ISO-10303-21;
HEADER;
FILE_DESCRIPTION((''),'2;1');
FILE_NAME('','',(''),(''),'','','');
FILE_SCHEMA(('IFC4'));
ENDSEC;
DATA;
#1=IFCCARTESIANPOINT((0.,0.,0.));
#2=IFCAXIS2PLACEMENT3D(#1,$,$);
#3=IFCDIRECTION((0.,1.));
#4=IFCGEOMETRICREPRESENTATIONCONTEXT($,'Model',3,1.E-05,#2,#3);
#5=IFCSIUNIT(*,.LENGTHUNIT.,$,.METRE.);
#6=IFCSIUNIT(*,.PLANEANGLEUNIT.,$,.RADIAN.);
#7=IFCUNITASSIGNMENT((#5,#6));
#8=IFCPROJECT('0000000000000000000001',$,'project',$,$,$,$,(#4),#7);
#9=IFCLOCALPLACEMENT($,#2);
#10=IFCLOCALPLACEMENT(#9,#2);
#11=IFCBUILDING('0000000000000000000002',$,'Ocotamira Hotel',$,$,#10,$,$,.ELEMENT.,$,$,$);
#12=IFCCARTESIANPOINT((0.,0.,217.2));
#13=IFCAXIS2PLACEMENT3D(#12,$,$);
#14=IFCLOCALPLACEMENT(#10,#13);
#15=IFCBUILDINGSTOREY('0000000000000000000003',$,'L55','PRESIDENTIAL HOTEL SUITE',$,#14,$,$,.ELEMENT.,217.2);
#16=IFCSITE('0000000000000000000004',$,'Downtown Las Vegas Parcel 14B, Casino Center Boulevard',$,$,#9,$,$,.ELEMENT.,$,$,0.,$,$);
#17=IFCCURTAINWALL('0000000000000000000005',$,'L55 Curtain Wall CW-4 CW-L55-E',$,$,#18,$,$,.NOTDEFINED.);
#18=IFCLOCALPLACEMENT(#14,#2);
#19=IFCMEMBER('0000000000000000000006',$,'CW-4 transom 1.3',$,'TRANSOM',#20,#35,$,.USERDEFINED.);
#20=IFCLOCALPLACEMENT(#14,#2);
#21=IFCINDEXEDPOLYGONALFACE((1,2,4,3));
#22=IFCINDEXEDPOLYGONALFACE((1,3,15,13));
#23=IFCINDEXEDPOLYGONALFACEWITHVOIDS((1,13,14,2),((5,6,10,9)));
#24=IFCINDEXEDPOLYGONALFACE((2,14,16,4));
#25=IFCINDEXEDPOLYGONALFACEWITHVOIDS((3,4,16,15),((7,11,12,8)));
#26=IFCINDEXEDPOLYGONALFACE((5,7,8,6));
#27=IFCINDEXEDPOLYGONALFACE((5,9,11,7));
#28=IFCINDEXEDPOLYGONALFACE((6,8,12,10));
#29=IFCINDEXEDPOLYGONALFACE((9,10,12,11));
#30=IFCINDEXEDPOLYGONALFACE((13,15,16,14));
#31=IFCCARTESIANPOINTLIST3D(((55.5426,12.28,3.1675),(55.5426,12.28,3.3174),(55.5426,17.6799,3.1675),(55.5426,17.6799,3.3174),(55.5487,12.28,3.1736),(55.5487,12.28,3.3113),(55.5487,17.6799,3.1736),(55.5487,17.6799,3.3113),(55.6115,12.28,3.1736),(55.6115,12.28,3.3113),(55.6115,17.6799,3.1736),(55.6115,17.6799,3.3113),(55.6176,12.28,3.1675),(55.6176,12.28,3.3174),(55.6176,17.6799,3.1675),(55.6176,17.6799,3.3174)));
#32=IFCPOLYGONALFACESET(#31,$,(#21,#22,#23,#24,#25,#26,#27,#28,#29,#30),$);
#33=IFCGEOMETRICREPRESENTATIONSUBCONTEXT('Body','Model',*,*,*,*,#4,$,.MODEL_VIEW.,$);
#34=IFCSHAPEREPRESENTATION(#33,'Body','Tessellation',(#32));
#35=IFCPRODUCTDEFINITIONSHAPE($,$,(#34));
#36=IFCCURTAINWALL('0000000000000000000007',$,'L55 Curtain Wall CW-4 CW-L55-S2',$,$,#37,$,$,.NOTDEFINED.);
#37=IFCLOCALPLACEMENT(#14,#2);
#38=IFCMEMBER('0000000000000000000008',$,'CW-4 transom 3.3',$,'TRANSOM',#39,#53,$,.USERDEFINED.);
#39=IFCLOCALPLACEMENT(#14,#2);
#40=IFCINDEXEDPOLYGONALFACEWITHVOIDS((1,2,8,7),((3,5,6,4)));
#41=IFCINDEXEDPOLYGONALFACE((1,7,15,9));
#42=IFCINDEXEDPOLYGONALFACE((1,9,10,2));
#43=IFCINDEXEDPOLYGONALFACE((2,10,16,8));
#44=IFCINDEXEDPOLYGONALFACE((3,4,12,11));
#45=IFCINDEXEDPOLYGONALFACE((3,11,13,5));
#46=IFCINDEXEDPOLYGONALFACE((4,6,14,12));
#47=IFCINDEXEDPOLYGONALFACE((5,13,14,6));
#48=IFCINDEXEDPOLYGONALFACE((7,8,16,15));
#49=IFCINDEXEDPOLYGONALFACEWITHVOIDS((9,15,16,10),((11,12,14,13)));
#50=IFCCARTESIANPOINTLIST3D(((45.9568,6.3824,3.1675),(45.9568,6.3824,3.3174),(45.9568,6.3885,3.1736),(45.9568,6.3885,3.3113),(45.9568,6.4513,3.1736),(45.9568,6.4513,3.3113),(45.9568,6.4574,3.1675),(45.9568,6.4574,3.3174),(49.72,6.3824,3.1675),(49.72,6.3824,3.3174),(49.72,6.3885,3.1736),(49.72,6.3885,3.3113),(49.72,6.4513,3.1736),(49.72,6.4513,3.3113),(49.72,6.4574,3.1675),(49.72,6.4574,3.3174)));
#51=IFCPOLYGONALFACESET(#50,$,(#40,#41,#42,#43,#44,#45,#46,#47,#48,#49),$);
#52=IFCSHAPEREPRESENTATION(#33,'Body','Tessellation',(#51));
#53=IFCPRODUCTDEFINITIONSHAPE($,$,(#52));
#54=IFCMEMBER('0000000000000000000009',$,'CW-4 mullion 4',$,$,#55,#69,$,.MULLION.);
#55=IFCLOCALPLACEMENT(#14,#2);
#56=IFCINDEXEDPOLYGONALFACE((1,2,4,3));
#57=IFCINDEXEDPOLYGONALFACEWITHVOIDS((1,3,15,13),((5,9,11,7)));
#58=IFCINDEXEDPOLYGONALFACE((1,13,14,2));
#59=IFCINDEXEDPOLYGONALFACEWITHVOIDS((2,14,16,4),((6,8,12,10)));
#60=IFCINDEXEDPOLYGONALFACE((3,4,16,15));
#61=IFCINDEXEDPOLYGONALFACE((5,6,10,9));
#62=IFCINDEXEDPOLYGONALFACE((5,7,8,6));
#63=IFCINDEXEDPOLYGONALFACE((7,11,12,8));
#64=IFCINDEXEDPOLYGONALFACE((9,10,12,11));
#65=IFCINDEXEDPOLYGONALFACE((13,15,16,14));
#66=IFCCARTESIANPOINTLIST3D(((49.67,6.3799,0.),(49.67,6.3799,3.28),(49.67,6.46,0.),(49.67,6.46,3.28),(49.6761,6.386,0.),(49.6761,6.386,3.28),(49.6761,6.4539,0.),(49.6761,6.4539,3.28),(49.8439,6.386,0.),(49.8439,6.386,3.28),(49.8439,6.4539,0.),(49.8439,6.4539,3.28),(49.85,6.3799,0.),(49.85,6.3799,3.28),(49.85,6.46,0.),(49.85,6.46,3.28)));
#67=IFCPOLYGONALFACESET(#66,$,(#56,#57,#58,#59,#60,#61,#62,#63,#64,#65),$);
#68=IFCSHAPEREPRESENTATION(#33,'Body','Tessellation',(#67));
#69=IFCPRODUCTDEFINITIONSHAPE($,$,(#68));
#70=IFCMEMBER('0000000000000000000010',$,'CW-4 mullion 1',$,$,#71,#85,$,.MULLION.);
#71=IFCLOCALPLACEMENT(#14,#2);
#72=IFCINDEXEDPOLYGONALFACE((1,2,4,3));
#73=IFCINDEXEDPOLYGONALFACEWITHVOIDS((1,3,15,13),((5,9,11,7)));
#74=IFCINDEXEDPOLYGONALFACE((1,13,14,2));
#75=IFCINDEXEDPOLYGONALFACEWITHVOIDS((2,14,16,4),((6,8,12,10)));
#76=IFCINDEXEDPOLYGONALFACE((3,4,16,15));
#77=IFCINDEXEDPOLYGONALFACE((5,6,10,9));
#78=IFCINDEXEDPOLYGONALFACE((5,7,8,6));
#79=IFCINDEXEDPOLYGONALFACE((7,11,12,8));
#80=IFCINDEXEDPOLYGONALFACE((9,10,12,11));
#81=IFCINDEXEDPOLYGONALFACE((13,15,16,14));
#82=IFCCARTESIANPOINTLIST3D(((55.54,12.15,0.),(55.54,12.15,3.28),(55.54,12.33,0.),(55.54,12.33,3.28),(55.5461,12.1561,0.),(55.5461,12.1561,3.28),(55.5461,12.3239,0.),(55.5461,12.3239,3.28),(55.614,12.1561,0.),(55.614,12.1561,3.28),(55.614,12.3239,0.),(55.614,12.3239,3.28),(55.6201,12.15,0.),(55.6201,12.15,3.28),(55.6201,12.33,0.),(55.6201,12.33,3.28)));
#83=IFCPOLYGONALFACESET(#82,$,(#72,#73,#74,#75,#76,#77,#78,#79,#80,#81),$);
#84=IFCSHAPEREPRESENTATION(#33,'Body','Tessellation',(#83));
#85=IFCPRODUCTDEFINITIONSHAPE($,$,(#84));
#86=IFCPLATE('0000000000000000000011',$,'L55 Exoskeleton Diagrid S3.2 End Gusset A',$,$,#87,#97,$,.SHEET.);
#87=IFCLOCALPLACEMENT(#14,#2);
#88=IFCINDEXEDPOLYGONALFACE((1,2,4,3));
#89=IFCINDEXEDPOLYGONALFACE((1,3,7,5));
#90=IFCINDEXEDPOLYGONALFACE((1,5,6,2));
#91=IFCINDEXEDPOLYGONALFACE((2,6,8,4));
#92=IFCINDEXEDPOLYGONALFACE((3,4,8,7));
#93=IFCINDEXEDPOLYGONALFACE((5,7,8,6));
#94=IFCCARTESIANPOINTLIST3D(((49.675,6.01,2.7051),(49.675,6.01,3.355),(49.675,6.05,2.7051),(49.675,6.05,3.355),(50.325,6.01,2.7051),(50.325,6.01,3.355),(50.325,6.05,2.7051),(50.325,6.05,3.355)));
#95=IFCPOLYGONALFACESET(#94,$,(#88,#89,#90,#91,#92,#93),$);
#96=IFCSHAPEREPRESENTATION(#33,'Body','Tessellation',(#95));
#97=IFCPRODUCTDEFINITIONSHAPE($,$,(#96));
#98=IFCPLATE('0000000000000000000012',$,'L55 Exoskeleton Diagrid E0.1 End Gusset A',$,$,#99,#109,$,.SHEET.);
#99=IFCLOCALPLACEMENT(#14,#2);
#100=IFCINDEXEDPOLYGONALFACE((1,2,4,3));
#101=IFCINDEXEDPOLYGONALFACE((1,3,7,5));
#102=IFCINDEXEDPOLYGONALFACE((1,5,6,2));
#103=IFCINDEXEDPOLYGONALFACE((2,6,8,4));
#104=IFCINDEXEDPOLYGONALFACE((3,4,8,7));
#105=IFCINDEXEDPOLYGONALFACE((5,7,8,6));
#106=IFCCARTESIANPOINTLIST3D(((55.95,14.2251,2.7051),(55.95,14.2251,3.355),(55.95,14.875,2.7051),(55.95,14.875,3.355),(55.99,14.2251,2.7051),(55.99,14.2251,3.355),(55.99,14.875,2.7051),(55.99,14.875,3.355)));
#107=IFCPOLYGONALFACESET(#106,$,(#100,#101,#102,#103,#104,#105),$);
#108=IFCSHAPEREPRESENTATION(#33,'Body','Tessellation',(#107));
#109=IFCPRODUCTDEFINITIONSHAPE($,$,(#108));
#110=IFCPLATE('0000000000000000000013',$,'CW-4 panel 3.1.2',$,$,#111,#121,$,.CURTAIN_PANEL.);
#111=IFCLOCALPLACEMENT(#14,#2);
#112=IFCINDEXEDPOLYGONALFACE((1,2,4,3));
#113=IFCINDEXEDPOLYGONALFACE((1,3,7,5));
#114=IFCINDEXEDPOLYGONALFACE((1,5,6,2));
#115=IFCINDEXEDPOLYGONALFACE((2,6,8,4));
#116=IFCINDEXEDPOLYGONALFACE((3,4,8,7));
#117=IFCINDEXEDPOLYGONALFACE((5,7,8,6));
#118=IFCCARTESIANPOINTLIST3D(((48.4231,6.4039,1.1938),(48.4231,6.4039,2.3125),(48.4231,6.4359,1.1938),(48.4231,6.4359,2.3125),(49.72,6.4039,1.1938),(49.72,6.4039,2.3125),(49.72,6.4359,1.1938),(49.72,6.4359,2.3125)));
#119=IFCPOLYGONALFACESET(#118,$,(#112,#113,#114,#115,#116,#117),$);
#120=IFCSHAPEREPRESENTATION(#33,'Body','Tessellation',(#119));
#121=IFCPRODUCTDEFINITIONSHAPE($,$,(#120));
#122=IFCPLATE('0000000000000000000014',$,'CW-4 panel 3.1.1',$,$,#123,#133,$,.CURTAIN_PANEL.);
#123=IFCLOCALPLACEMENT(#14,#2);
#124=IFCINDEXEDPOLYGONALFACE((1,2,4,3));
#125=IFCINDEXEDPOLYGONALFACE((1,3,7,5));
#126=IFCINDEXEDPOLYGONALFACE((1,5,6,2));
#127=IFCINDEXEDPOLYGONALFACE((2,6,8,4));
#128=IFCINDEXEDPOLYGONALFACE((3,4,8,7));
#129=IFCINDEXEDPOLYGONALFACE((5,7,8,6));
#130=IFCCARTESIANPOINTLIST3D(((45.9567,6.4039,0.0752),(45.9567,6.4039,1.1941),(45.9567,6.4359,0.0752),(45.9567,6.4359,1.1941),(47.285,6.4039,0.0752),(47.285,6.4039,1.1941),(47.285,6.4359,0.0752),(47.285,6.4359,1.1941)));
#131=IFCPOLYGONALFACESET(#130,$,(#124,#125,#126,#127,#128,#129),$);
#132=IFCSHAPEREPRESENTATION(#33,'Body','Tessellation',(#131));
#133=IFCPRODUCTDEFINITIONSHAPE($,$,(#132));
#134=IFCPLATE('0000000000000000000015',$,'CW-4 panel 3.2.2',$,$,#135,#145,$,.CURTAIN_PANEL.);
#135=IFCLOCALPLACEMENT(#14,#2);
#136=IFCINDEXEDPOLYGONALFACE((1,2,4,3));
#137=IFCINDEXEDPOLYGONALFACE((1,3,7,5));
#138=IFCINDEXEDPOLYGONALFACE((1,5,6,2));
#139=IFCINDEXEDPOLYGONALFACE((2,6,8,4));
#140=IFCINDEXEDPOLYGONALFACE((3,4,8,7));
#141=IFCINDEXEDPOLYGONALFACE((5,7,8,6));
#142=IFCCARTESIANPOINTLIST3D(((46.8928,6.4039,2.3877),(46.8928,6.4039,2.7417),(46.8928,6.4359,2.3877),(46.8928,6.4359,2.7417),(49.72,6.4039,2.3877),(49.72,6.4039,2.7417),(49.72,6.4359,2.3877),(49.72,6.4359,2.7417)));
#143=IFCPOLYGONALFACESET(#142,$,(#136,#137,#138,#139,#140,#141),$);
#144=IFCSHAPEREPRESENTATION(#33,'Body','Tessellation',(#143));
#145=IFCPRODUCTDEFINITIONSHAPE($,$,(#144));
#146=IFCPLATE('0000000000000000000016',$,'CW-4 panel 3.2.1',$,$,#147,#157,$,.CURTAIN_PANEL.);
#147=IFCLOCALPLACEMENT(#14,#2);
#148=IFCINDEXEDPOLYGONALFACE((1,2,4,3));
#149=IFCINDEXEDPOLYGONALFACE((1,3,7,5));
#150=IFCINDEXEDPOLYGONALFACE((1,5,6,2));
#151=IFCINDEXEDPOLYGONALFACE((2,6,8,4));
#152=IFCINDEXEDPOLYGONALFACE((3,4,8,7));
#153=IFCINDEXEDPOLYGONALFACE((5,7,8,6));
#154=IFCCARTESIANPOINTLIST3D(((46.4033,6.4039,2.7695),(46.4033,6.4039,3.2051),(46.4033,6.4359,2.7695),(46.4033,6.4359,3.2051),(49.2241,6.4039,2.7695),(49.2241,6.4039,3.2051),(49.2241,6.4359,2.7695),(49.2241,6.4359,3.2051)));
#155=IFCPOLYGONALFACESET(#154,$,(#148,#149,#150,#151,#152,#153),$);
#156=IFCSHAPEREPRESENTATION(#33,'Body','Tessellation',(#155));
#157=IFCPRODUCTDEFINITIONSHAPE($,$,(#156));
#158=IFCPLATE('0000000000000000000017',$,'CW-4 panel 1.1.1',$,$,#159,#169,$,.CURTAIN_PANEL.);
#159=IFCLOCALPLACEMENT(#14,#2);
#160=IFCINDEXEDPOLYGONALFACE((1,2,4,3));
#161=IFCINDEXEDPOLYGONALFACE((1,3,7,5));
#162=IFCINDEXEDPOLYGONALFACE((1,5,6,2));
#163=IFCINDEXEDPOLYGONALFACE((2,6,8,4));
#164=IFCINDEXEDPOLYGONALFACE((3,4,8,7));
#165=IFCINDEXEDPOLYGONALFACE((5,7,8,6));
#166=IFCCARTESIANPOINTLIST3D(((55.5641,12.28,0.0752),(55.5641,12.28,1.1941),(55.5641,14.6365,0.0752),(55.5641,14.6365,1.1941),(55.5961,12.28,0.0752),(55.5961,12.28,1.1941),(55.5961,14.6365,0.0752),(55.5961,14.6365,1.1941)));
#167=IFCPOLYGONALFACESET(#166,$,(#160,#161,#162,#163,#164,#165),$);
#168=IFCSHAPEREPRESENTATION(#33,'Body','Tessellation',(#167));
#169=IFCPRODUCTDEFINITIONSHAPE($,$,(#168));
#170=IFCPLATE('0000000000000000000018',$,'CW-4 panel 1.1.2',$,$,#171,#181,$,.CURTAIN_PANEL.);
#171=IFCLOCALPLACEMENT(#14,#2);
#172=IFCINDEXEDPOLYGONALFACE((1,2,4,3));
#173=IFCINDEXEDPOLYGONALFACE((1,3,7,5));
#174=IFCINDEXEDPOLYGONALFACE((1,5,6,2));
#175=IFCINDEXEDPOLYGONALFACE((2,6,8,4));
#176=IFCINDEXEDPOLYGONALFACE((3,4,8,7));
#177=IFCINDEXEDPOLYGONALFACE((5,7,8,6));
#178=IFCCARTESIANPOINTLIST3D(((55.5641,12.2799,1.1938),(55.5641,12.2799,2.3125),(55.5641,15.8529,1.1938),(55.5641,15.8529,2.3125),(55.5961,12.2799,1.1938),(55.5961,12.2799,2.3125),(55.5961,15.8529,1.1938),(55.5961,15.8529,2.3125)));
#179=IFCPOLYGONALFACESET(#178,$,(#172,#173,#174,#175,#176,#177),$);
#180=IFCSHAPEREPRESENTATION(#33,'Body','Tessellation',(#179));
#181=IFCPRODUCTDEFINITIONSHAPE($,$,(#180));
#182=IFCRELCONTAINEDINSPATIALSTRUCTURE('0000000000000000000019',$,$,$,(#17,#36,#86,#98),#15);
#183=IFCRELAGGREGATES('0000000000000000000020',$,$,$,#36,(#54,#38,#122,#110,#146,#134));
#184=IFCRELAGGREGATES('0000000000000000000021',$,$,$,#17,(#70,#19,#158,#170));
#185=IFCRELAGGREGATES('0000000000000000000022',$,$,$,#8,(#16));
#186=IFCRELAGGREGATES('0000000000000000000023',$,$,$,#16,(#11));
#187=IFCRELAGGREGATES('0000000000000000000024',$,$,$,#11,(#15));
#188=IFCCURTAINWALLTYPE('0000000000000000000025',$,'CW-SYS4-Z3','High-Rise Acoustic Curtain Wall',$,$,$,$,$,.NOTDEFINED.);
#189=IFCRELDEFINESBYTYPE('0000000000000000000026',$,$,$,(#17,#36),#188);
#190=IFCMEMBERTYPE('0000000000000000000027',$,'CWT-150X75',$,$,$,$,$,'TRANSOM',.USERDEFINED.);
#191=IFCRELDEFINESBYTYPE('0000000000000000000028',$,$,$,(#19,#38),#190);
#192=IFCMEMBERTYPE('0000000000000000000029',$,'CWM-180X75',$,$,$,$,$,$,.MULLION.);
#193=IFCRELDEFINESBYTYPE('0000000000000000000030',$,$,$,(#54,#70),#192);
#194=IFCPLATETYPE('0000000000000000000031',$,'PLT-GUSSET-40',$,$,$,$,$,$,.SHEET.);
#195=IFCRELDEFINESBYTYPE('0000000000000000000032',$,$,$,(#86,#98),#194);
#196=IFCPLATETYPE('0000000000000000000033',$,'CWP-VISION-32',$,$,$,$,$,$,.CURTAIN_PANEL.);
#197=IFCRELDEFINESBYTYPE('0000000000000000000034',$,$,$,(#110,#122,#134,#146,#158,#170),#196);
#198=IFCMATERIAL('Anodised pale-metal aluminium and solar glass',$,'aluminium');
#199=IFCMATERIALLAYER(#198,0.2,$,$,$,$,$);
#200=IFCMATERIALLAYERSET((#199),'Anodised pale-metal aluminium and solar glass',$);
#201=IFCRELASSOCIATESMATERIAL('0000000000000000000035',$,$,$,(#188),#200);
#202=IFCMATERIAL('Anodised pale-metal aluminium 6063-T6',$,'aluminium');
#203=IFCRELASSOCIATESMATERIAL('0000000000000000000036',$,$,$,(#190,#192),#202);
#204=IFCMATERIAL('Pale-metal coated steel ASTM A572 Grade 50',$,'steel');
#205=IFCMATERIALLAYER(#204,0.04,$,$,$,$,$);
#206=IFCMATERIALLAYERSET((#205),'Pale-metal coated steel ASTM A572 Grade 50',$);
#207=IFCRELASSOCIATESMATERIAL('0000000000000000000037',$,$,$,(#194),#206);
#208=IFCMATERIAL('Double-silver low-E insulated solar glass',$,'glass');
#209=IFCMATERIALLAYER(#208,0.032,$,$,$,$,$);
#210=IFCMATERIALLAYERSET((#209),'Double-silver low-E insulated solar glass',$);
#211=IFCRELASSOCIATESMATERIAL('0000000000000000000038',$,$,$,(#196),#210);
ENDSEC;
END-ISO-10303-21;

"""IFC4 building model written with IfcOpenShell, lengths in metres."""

from ifc_helpers import new_model, si_unit, direction, frame, origin, origin_2d, place, context, subcontext, project, spatial, rectangle, hollow_rectangle, extrude, source, transform, mapped, material, layer, layer_set, material_profile, profile_set, type_object, element, aggregate, save


model = new_model("IFC4")

# Units and contexts
model_context = context("Model", 3, precision=1e-05, world=origin(), true_north=direction((0.0, 1.0)))
body_context = subcontext(model_context, "Body", "Model", "MODEL_VIEW")
ifc_project = project(units=[si_unit("LENGTHUNIT", "METRE"), si_unit("PLANEANGLEUNIT", "RADIAN")], contexts=[model_context])

# Site, building, storey
site_placement = place(None, origin())
site = spatial("IfcSite", under=ifc_project, at=site_placement, Name="Downtown Las Vegas Parcel 14B, Casino Center Boulevard", CompositionType="ELEMENT", RefElevation=0.0)
building_placement = place(site_placement, origin())
building = spatial("IfcBuilding", under=site, at=building_placement, Name="Ocotamira Hotel", CompositionType="ELEMENT")
storey_placement = place(building_placement, frame((0.0, 0.0, 217.2)))
storey = spatial("IfcBuildingStorey", under=building, at=storey_placement, Name="L55", Description="PRESIDENTIAL HOTEL SUITE", CompositionType="ELEMENT", Elevation=217.2)

# Curtain walls, members
ifc_material_1 = material(Name="Anodised pale-metal aluminium and solar glass", Category="aluminium")
ifc_layer_1 = layer(ifc_material_1, 0.2)
ifc_layer_set_1 = layer_set([ifc_layer_1], Name="Anodised pale-metal aluminium and solar glass")
curtain_wall_type = type_object("IfcCurtainWallType", Name="CW-SYS4-Z3", Description="High-Rise Acoustic Curtain Wall", PredefinedType="NOTDEFINED", material=ifc_layer_set_1)
curtain_wall_1_placement = place(storey_placement, origin())
curtain_wall_1 = element("IfcCurtainWall", 1, at=curtain_wall_1_placement, inside=storey, type_object=curtain_wall_type, Name="L55 Curtain Wall CW-4 CW-L55-E", PredefinedType="NOTDEFINED")
ifc_material_2 = material(Name="Anodised pale-metal aluminium 6063-T6", Category="aluminium")
ifc_material_profile_1 = material_profile(ifc_material_2, hollow_rectangle(XDim=0.075, YDim=0.1499, WallThickness=0.0061, at=origin_2d()), Name="HSS150X75X6")
ifc_profile_set_1 = profile_set([ifc_material_profile_1], Name="Anodised pale-metal aluminium 6063-T6")
member_type_1 = type_object("IfcMemberType", Name="CWT-150X75", ElementType="TRANSOM", PredefinedType="USERDEFINED", material=ifc_profile_set_1)
shared_shape_1 = source(origin(), body_context, "Body", "SweptSolid", [
    extrude(hollow_rectangle(XDim=0.075, YDim=0.1499, WallThickness=0.0061, at=origin_2d()), origin(), (0.0, 0.0, 1.0), 5.3999),
])
member_1_placement = place(storey_placement, frame((55.5801, 12.28, 3.2424), z_axis=(0.0, 1.0, 0.0), x_axis=(-1.0, 0.0, 0.0)))
member_1 = element("IfcMember", 2, at=member_1_placement, type_object=member_type_1, Name="CW-4 transom 1.3", ObjectType="TRANSOM", PredefinedType="USERDEFINED", context=body_context, shape_type="MappedRepresentation", body=[
    mapped(shared_shape_1, transform((0.0, 0.0, 0.0), scale=1.0)),
])
curtain_wall_2_placement = place(storey_placement, origin())
curtain_wall_2 = element("IfcCurtainWall", 3, at=curtain_wall_2_placement, inside=storey, type_object=curtain_wall_type, Name="L55 Curtain Wall CW-4 CW-L55-S2", PredefinedType="NOTDEFINED")
shared_shape_2 = source(origin(), body_context, "Body", "SweptSolid", [
    extrude(hollow_rectangle(XDim=0.075, YDim=0.1499, WallThickness=0.0061, at=origin_2d()), origin(), (0.0, 0.0, 1.0), 3.7632),
])
member_2_placement = place(storey_placement, frame((45.9568, 6.4199, 3.2424), z_axis=(1.0, 0.0, 0.0), x_axis=(0.0, 1.0, 0.0)))
member_2 = element("IfcMember", 4, at=member_2_placement, type_object=member_type_1, Name="CW-4 transom 3.3", ObjectType="TRANSOM", PredefinedType="USERDEFINED", context=body_context, shape_type="MappedRepresentation", body=[
    mapped(shared_shape_2, transform((0.0, 0.0, 0.0), scale=1.0)),
])
ifc_material_profile_2 = material_profile(ifc_material_2, hollow_rectangle(XDim=0.0801, YDim=0.1799, WallThickness=0.0061, at=origin_2d()), Name="HSS180X80X6")
ifc_profile_set_2 = profile_set([ifc_material_profile_2], Name="Anodised pale-metal aluminium 6063-T6")
member_type_2 = type_object("IfcMemberType", Name="CWM-180X75", PredefinedType="MULLION", material=ifc_profile_set_2)
shared_shape_3 = source(origin(), body_context, "Body", "SweptSolid", [
    extrude(hollow_rectangle(XDim=0.0801, YDim=0.1799, WallThickness=0.0061, at=origin_2d()), origin(), (0.0, 0.0, 1.0), 3.28),
])
member_3_placement = place(storey_placement, frame((49.76, 6.4199, 0.0), z_axis=(0.0, 0.0, 1.0), x_axis=(0.0, 1.0, 0.0)))
member_3 = element("IfcMember", 5, at=member_3_placement, type_object=member_type_2, Name="CW-4 mullion 4", PredefinedType="MULLION", context=body_context, shape_type="MappedRepresentation", body=[
    mapped(shared_shape_3, transform((0.0, 0.0, 0.0), scale=1.0)),
])

# Member
member_4_placement = place(storey_placement, frame((55.5801, 12.24, 0.0), z_axis=(0.0, 0.0, 1.0), x_axis=(-1.0, 0.0, 0.0)))
member_4 = element("IfcMember", 6, at=member_4_placement, type_object=member_type_2, Name="CW-4 mullion 1", PredefinedType="MULLION", context=body_context, shape_type="MappedRepresentation", body=[
    mapped(shared_shape_3, transform((0.0, 0.0, 0.0), scale=1.0)),
])

# Plates
ifc_material_3 = material(Name="Pale-metal coated steel ASTM A572 Grade 50", Category="steel")
ifc_layer_2 = layer(ifc_material_3, 0.04)
ifc_layer_set_2 = layer_set([ifc_layer_2], Name="Pale-metal coated steel ASTM A572 Grade 50")
plate_type_1 = type_object("IfcPlateType", Name="PLT-GUSSET-40", PredefinedType="SHEET", material=ifc_layer_set_2)
shared_shape_4 = source(origin(), body_context, "Body", "SweptSolid", [
    extrude(rectangle(XDim=0.6499, YDim=0.04, at=origin_2d()), origin(), (0.0, 0.0, 1.0), 0.6499),
])
plate_1_placement = place(storey_placement, frame((50.0, 6.03, 2.7051), z_axis=(0.0, 0.0, 1.0), x_axis=(-1.0, 0.0, 0.0)))
element("IfcPlate", 7, at=plate_1_placement, inside=storey, type_object=plate_type_1, Name="L55 Exoskeleton Diagrid S3.2 End Gusset A", PredefinedType="SHEET", context=body_context, shape_type="MappedRepresentation", body=[
    mapped(shared_shape_4, transform((0.0, 0.0, 0.0), scale=1.0)),
])
shared_shape_5 = source(origin(), body_context, "Body", "SweptSolid", [
    extrude(rectangle(XDim=0.04, YDim=0.6499, at=origin_2d()), origin(), (0.0, 0.0, 1.0), 0.6499),
])
plate_2_placement = place(storey_placement, frame((55.97, 14.55, 2.7051), z_axis=(0.0, 0.0, 1.0), x_axis=(1.0, 0.0, 0.0)))
element("IfcPlate", 8, at=plate_2_placement, inside=storey, type_object=plate_type_1, Name="L55 Exoskeleton Diagrid E0.1 End Gusset A", PredefinedType="SHEET", context=body_context, shape_type="MappedRepresentation", body=[
    mapped(shared_shape_5, transform((0.0, 0.0, 0.0), scale=1.0)),
])

# Plates
ifc_material_4 = material(Name="Double-silver low-E insulated solar glass", Category="glass")
ifc_layer_3 = layer(ifc_material_4, 0.032)
ifc_layer_set_3 = layer_set([ifc_layer_3], Name="Double-silver low-E insulated solar glass")
plate_type_2 = type_object("IfcPlateType", Name="CWP-VISION-32", PredefinedType="CURTAIN_PANEL", material=ifc_layer_set_3)
shared_shape_6 = source(origin(), body_context, "Body", "SweptSolid", [
    extrude(rectangle(XDim=1.2969, YDim=0.032, at=origin_2d()), origin(), (0.0, 0.0, 1.0), 1.1187),
])
plate_3_placement = place(storey_placement, frame((49.0715, 6.4199, 1.1938), z_axis=(0.0, 0.0, 1.0), x_axis=(1.0, 0.0, 0.0)))
plate_3 = element("IfcPlate", 9, at=plate_3_placement, type_object=plate_type_2, Name="CW-4 panel 3.1.2", PredefinedType="CURTAIN_PANEL", context=body_context, shape_type="MappedRepresentation", body=[
    mapped(shared_shape_6, transform((0.0, 0.0, 0.0), scale=1.0)),
])
shared_shape_7 = source(origin(), body_context, "Body", "SweptSolid", [
    extrude(rectangle(XDim=1.3284, YDim=0.032, at=origin_2d()), origin(), (0.0, 0.0, 1.0), 1.1189),
])
plate_4_placement = place(storey_placement, frame((46.6208, 6.4199, 0.0752), z_axis=(0.0, 0.0, 1.0), x_axis=(1.0, 0.0, 0.0)))
plate_4 = element("IfcPlate", 10, at=plate_4_placement, type_object=plate_type_2, Name="CW-4 panel 3.1.1", PredefinedType="CURTAIN_PANEL", context=body_context, shape_type="MappedRepresentation", body=[
    mapped(shared_shape_7, transform((0.0, 0.0, 0.0), scale=1.0)),
])
shared_shape_8 = source(origin(), body_context, "Body", "SweptSolid", [
    extrude(rectangle(XDim=2.8271, YDim=0.032, at=origin_2d()), origin(), (0.0, 0.0, 1.0), 0.354),
])
plate_5_placement = place(storey_placement, frame((48.3064, 6.4199, 2.3877), z_axis=(0.0, 0.0, 1.0), x_axis=(1.0, 0.0, 0.0)))
plate_5 = element("IfcPlate", 11, at=plate_5_placement, type_object=plate_type_2, Name="CW-4 panel 3.2.2", PredefinedType="CURTAIN_PANEL", context=body_context, shape_type="MappedRepresentation", body=[
    mapped(shared_shape_8, transform((0.0, 0.0, 0.0), scale=1.0)),
])
shared_shape_9 = source(origin(), body_context, "Body", "SweptSolid", [
    extrude(rectangle(XDim=2.8208, YDim=0.032, at=origin_2d()), origin(), (0.0, 0.0, 1.0), 0.4355),
])
plate_6_placement = place(storey_placement, frame((47.8137, 6.4199, 2.7695), z_axis=(0.0, 0.0, 1.0), x_axis=(1.0, 0.0, 0.0)))
plate_6 = element("IfcPlate", 12, at=plate_6_placement, type_object=plate_type_2, Name="CW-4 panel 3.2.1", PredefinedType="CURTAIN_PANEL", context=body_context, shape_type="MappedRepresentation", body=[
    mapped(shared_shape_9, transform((0.0, 0.0, 0.0), scale=1.0)),
])
aggregate(curtain_wall_2, [member_3, member_2, plate_4, plate_3, plate_6, plate_5])
shared_shape_10 = source(origin(), body_context, "Body", "SweptSolid", [
    extrude(rectangle(XDim=2.3564, YDim=0.032, at=origin_2d()), origin(), (0.0, 0.0, 1.0), 1.1189),
])
plate_7_placement = place(storey_placement, frame((55.5801, 13.4583, 0.0752), z_axis=(0.0, 0.0, 1.0), x_axis=(0.0, 1.0, 0.0)))
plate_7 = element("IfcPlate", 13, at=plate_7_placement, type_object=plate_type_2, Name="CW-4 panel 1.1.1", PredefinedType="CURTAIN_PANEL", context=body_context, shape_type="MappedRepresentation", body=[
    mapped(shared_shape_10, transform((0.0, 0.0, 0.0), scale=1.0)),
])
shared_shape_11 = source(origin(), body_context, "Body", "SweptSolid", [
    extrude(rectangle(XDim=3.573, YDim=0.032, at=origin_2d()), origin(), (0.0, 0.0, 1.0), 1.1187),
])
plate_8_placement = place(storey_placement, frame((55.5801, 14.0664, 1.1938), z_axis=(0.0, 0.0, 1.0), x_axis=(0.0, 1.0, 0.0)))
plate_8 = element("IfcPlate", 14, at=plate_8_placement, type_object=plate_type_2, Name="CW-4 panel 1.1.2", PredefinedType="CURTAIN_PANEL", context=body_context, shape_type="MappedRepresentation", body=[
    mapped(shared_shape_11, transform((0.0, 0.0, 0.0), scale=1.0)),
])
aggregate(curtain_wall_1, [member_4, member_1, plate_7, plate_8])

save(model, "model.ifc")
